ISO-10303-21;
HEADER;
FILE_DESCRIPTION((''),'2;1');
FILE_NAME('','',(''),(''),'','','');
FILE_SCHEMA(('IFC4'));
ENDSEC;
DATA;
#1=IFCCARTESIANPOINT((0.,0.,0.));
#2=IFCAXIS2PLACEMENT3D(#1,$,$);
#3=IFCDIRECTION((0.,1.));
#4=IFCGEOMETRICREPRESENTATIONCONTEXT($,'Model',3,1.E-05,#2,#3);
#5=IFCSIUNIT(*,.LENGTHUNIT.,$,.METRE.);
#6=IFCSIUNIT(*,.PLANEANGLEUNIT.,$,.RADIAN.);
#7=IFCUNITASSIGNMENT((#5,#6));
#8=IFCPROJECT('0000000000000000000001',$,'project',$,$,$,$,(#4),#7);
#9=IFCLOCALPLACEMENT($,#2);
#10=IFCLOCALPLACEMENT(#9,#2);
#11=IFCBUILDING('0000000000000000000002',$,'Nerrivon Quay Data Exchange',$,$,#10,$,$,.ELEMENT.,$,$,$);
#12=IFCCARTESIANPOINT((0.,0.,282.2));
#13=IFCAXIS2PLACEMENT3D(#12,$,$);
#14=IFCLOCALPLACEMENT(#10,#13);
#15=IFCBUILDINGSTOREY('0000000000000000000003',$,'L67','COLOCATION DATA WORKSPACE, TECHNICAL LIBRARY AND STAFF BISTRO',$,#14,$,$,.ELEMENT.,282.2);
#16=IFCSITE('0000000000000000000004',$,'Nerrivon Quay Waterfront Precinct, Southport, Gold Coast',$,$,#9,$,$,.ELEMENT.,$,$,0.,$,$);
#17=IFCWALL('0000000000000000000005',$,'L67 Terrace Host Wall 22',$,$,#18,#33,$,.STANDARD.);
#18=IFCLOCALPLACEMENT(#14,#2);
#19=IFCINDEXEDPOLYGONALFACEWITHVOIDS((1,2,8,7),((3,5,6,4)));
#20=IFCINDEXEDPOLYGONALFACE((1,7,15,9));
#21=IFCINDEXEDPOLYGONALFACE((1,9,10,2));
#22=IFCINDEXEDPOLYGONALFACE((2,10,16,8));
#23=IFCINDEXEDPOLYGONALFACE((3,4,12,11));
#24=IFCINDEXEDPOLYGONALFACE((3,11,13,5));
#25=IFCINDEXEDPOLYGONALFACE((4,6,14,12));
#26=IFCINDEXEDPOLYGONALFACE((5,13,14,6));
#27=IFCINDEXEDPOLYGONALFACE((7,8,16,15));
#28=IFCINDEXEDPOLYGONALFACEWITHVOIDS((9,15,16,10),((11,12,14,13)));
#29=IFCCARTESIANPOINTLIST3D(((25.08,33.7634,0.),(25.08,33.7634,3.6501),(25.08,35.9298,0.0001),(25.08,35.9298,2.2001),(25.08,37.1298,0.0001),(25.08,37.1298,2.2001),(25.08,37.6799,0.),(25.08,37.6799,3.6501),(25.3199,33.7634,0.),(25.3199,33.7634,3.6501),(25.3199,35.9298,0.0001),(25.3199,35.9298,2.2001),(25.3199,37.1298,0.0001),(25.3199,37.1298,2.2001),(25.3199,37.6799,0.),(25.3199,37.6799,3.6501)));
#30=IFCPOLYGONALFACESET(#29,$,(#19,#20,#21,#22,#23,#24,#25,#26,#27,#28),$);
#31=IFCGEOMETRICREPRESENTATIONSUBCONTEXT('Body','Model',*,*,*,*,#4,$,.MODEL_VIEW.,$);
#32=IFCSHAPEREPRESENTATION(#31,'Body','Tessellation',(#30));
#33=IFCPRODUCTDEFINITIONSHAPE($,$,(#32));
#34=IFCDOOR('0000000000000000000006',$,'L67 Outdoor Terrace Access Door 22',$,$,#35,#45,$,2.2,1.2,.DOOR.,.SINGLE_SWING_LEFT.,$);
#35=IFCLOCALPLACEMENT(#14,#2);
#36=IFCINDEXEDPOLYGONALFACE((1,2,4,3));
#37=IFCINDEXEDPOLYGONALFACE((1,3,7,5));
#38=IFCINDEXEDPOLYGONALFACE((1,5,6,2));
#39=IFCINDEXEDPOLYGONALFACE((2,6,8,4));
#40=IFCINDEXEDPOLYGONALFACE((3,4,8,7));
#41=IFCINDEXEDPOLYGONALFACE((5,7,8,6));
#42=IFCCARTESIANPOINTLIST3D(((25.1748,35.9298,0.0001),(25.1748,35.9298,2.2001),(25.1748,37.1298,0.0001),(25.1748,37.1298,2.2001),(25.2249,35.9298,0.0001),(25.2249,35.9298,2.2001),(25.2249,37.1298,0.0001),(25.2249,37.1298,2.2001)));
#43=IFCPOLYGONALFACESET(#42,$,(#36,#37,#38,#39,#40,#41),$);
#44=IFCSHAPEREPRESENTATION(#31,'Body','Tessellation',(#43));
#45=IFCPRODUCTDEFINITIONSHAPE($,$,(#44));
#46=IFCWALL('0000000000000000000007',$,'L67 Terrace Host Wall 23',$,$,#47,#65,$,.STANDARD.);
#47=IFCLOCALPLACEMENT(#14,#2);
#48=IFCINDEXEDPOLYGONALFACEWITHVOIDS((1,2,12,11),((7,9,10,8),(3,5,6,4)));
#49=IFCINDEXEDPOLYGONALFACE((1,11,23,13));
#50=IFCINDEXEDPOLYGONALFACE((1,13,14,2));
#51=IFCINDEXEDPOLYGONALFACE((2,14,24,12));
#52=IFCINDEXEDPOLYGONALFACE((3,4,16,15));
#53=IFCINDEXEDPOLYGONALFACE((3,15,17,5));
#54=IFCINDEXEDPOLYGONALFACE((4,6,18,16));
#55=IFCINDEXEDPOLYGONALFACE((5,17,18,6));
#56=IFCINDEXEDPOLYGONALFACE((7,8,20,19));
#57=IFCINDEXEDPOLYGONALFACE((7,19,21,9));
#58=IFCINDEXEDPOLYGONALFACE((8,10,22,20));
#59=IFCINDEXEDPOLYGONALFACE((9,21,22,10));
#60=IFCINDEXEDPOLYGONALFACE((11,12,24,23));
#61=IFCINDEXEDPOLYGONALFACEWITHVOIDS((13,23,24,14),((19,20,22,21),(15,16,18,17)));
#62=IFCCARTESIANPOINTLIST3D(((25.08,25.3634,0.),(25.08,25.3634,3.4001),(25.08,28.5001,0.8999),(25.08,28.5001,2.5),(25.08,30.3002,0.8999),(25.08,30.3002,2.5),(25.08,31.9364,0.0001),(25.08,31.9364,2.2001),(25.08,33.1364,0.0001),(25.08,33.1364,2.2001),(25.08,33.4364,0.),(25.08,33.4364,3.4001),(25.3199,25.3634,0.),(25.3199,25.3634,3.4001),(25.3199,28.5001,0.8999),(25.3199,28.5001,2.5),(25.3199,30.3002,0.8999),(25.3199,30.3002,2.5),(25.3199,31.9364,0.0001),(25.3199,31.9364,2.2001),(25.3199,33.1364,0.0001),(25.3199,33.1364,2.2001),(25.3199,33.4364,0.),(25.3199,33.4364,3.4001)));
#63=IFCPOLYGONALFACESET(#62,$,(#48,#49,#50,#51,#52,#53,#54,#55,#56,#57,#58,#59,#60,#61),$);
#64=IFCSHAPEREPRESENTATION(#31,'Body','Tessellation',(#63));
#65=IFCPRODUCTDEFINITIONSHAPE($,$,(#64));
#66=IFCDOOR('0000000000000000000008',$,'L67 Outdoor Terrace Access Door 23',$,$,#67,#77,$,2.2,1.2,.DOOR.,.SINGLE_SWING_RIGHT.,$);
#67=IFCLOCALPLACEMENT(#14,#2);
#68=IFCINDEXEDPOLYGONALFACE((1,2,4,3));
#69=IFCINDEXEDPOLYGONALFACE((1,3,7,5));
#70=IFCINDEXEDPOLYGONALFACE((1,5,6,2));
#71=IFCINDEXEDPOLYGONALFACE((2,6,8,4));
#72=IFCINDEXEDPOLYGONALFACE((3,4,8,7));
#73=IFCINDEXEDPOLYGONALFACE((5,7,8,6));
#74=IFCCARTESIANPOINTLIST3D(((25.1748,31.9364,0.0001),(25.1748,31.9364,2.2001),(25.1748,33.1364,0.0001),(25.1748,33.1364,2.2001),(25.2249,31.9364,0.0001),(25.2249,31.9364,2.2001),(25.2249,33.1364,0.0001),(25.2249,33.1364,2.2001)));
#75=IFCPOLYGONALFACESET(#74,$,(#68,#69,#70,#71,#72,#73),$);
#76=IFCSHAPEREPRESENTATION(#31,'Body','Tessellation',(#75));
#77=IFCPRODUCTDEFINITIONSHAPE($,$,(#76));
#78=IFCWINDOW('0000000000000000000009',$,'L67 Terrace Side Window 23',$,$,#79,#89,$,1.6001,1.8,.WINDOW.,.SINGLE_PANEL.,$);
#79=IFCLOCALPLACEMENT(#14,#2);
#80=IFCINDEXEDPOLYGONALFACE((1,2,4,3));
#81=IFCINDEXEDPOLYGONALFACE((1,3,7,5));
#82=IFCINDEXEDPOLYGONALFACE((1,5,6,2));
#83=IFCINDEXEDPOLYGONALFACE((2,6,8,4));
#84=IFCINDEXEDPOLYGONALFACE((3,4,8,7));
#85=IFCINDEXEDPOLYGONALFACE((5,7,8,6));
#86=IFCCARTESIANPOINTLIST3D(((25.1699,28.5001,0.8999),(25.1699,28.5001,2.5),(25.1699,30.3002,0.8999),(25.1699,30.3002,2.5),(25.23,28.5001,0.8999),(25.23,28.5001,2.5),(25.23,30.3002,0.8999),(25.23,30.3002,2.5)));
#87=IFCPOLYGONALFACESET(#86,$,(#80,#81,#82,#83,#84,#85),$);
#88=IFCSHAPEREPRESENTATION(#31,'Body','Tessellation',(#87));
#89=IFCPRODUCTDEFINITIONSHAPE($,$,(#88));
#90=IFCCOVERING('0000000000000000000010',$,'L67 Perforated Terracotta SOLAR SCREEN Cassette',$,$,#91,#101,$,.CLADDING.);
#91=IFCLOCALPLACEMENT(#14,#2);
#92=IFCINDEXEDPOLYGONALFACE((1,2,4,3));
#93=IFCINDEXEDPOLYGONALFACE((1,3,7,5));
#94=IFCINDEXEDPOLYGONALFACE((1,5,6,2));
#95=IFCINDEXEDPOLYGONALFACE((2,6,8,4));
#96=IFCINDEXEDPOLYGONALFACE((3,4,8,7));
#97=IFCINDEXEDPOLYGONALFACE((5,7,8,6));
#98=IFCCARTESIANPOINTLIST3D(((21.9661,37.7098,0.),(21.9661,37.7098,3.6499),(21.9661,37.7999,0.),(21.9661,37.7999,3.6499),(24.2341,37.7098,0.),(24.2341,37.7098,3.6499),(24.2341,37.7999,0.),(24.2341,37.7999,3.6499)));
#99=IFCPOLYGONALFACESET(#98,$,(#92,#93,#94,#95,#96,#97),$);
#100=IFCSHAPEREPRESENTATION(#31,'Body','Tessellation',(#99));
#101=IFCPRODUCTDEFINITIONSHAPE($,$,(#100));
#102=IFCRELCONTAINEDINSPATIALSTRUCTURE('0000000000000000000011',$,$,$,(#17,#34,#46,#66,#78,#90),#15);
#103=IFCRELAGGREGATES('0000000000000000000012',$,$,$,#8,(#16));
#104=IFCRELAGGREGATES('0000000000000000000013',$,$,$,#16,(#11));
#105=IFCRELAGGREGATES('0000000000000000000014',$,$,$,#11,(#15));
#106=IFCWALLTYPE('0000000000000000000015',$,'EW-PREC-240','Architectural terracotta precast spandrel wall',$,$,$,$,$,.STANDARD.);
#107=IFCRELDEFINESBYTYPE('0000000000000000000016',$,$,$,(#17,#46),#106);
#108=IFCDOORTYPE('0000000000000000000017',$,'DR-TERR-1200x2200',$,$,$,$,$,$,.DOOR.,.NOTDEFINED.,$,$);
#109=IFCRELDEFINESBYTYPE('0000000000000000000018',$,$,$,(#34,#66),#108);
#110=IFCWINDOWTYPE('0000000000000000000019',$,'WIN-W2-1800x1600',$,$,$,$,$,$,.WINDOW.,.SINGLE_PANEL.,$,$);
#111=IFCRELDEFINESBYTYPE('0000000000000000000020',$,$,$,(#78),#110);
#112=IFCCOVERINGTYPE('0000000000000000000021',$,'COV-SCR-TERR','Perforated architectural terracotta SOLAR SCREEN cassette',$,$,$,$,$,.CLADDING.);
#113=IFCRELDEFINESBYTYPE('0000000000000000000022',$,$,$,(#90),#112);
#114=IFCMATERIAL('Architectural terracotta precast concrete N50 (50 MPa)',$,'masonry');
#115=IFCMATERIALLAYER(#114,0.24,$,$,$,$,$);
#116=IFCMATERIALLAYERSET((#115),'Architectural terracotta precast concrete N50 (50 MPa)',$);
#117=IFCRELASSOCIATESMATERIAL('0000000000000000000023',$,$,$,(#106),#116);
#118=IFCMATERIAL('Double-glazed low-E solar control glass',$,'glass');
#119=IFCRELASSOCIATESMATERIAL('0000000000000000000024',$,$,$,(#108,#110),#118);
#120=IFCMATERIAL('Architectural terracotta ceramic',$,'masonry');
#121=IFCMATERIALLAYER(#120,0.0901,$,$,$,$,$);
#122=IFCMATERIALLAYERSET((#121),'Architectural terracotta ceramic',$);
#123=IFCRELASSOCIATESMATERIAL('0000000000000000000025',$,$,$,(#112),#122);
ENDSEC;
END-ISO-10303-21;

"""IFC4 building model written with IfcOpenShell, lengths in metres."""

from ifc_helpers import new_model, si_unit, direction, frame, frame_2d, origin, origin_2d, place, context, subcontext, project, spatial, rectangle, extrude, material, layer, layer_set, type_object, element, fill, save


model = new_model("IFC4")

# Units and contexts
model_context = context("Model", 3, precision=1e-05, world=origin(), true_north=direction((0.0, 1.0)))
body_context = subcontext(model_context, "Body", "Model", "MODEL_VIEW")
ifc_project = project(units=[si_unit("LENGTHUNIT", "METRE"), si_unit("PLANEANGLEUNIT", "RADIAN")], contexts=[model_context])

# Site, building, storey
site_placement = place(None, origin())
site = spatial("IfcSite", under=ifc_project, at=site_placement, Name="Nerrivon Quay Waterfront Precinct, Southport, Gold Coast", CompositionType="ELEMENT", RefElevation=0.0)
building_placement = place(site_placement, origin())
building = spatial("IfcBuilding", under=site, at=building_placement, Name="Nerrivon Quay Data Exchange", CompositionType="ELEMENT")
storey_placement = place(building_placement, frame((0.0, 0.0, 282.2)))
storey = spatial("IfcBuildingStorey", under=building, at=storey_placement, Name="L67", Description="COLOCATION DATA WORKSPACE, TECHNICAL LIBRARY AND STAFF BISTRO", CompositionType="ELEMENT", Elevation=282.2)

# Shared definitions
ifc_material_1 = material(Name="Double-glazed low-E solar control glass", Category="glass")

# Wall, opening, door
ifc_material_2 = material(Name="Architectural terracotta precast concrete N50 (50 MPa)", Category="masonry")
ifc_layer_1 = layer(ifc_material_2, 0.24)
ifc_layer_set_1 = layer_set([ifc_layer_1], Name="Architectural terracotta precast concrete N50 (50 MPa)")
wall_type = type_object("IfcWallType", Name="EW-PREC-240", Description="Architectural terracotta precast spandrel wall", PredefinedType="STANDARD", material=ifc_layer_set_1)
wall_1_placement = place(storey_placement, frame((25.2, 37.6799, 0.0), z_axis=(0.0, 0.0, 1.0), x_axis=(0.0, -1.0, 0.0)))
wall_1 = element("IfcWall", 1, at=wall_1_placement, inside=storey, type_object=wall_type, Name="L67 Terrace Host Wall 22", PredefinedType="STANDARD", context=body_context, shape_type="SweptSolid", body=[
    extrude(rectangle(XDim=3.9165, YDim=0.24, at=frame_2d((1.9583, 0.0))), origin(), (0.0, 0.0, 1.0), 3.6501),
])
opening_1_placement = place(wall_1_placement, frame((0.55, 0.0, 0.0)))
opening_1 = element("IfcOpeningElement", 2, at=opening_1_placement, cuts=wall_1, PredefinedType="OPENING", context=body_context, shape_type="SweptSolid", body=[
    extrude(rectangle(XDim=1.2, YDim=2.2, at=frame_2d((0.6001, 1.1001))), frame((0.0, 0.1299, 0.0), z_axis=(0.0, -1.0, 0.0), x_axis=(1.0, 0.0, 0.0)), (0.0, 0.0, 1.0), 0.26),
])
door_type = type_object("IfcDoorType", Name="DR-TERR-1200x2200", OperationType="NOTDEFINED", PredefinedType="DOOR", material=ifc_material_1)
door_1_placement = place(opening_1_placement, origin())
door_1 = element("IfcDoor", 3, at=door_1_placement, inside=storey, type_object=door_type, Name="L67 Outdoor Terrace Access Door 22", OperationType="SINGLE_SWING_LEFT", OverallHeight=2.2, OverallWidth=1.2, PredefinedType="DOOR", context=body_context, shape_type="SweptSolid", body=[
    extrude(rectangle(XDim=1.2, YDim=2.2, at=frame_2d((0.6001, 1.1001))), frame((0.0, 0.0249, 0.0), z_axis=(0.0, -1.0, 0.0), x_axis=(1.0, 0.0, 0.0)), (0.0, 0.0, 1.0), 0.05),
])
fill(opening_1, door_1)

# Wall, openings, door, window
wall_2_placement = place(storey_placement, frame((25.2, 33.4365, 0.0), z_axis=(0.0, 0.0, 1.0), x_axis=(0.0, -1.0, 0.0)))
wall_2 = element("IfcWall", 4, at=wall_2_placement, inside=storey, type_object=wall_type, Name="L67 Terrace Host Wall 23", PredefinedType="STANDARD", context=body_context, shape_type="SweptSolid", body=[
    extrude(rectangle(XDim=8.073, YDim=0.24, at=frame_2d((4.0366, 0.0))), origin(), (0.0, 0.0, 1.0), 3.4001),
])
opening_2_placement = place(wall_2_placement, frame((0.3, 0.0, 0.0)))
opening_2 = element("IfcOpeningElement", 5, at=opening_2_placement, cuts=wall_2, PredefinedType="OPENING", context=body_context, shape_type="SweptSolid", body=[
    extrude(rectangle(XDim=1.2, YDim=2.2, at=frame_2d((0.6001, 1.1001))), frame((0.0, 0.1299, 0.0), z_axis=(0.0, -1.0, 0.0), x_axis=(1.0, 0.0, 0.0)), (0.0, 0.0, 1.0), 0.26),
])
opening_3_placement = place(wall_2_placement, frame((3.1365, 0.0, 0.8999)))
opening_3 = element("IfcOpeningElement", 6, at=opening_3_placement, cuts=wall_2, PredefinedType="OPENING", context=body_context, shape_type="SweptSolid", body=[
    extrude(rectangle(XDim=1.8, YDim=1.6001, at=frame_2d((0.8999, 0.8))), frame((0.0, 0.1299, 0.0), z_axis=(0.0, -1.0, 0.0), x_axis=(1.0, 0.0, 0.0)), (0.0, 0.0, 1.0), 0.26),
])
door_2_placement = place(opening_2_placement, origin())
door_2 = element("IfcDoor", 7, at=door_2_placement, inside=storey, type_object=door_type, Name="L67 Outdoor Terrace Access Door 23", OperationType="SINGLE_SWING_RIGHT", OverallHeight=2.2, OverallWidth=1.2, PredefinedType="DOOR", context=body_context, shape_type="SweptSolid", body=[
    extrude(rectangle(XDim=1.2, YDim=2.2, at=frame_2d((0.6001, 1.1001))), frame((0.0, 0.0249, 0.0), z_axis=(0.0, -1.0, 0.0), x_axis=(1.0, 0.0, 0.0)), (0.0, 0.0, 1.0), 0.05),
])
fill(opening_2, door_2)
window_type = type_object("IfcWindowType", Name="WIN-W2-1800x1600", PartitioningType="SINGLE_PANEL", PredefinedType="WINDOW", material=ifc_material_1)
window_placement = place(opening_3_placement, origin())
window = element("IfcWindow", 8, at=window_placement, inside=storey, type_object=window_type, Name="L67 Terrace Side Window 23", OverallHeight=1.6001, OverallWidth=1.8, PartitioningType="SINGLE_PANEL", PredefinedType="WINDOW", context=body_context, shape_type="SweptSolid", body=[
    extrude(rectangle(XDim=1.8, YDim=1.6001, at=frame_2d((0.8999, 0.8))), frame((0.0, 0.03, 0.0), z_axis=(0.0, -1.0, 0.0), x_axis=(1.0, 0.0, 0.0)), (0.0, 0.0, 1.0), 0.0601),
])
fill(opening_3, window)

# Covering
ifc_material_3 = material(Name="Architectural terracotta ceramic", Category="masonry")
ifc_layer_2 = layer(ifc_material_3, 0.0901)
ifc_layer_set_2 = layer_set([ifc_layer_2], Name="Architectural terracotta ceramic")
covering_type = type_object("IfcCoveringType", Name="COV-SCR-TERR", Description="Perforated architectural terracotta SOLAR SCREEN cassette", PredefinedType="CLADDING", material=ifc_layer_set_2)
covering_placement = place(storey_placement, frame((23.1001, 37.7549, 0.0), z_axis=(0.0, 0.0, 1.0), x_axis=(1.0, 0.0, 0.0)))
element("IfcCovering", 9, at=covering_placement, inside=storey, type_object=covering_type, Name="L67 Perforated Terracotta SOLAR SCREEN Cassette", PredefinedType="CLADDING", context=body_context, shape_type="SweptSolid", body=[
    extrude(rectangle(XDim=2.2681, YDim=0.0901, at=origin_2d()), origin(), (0.0, 0.0, 1.0), 3.6499),
])

save(model, "model.ifc")
